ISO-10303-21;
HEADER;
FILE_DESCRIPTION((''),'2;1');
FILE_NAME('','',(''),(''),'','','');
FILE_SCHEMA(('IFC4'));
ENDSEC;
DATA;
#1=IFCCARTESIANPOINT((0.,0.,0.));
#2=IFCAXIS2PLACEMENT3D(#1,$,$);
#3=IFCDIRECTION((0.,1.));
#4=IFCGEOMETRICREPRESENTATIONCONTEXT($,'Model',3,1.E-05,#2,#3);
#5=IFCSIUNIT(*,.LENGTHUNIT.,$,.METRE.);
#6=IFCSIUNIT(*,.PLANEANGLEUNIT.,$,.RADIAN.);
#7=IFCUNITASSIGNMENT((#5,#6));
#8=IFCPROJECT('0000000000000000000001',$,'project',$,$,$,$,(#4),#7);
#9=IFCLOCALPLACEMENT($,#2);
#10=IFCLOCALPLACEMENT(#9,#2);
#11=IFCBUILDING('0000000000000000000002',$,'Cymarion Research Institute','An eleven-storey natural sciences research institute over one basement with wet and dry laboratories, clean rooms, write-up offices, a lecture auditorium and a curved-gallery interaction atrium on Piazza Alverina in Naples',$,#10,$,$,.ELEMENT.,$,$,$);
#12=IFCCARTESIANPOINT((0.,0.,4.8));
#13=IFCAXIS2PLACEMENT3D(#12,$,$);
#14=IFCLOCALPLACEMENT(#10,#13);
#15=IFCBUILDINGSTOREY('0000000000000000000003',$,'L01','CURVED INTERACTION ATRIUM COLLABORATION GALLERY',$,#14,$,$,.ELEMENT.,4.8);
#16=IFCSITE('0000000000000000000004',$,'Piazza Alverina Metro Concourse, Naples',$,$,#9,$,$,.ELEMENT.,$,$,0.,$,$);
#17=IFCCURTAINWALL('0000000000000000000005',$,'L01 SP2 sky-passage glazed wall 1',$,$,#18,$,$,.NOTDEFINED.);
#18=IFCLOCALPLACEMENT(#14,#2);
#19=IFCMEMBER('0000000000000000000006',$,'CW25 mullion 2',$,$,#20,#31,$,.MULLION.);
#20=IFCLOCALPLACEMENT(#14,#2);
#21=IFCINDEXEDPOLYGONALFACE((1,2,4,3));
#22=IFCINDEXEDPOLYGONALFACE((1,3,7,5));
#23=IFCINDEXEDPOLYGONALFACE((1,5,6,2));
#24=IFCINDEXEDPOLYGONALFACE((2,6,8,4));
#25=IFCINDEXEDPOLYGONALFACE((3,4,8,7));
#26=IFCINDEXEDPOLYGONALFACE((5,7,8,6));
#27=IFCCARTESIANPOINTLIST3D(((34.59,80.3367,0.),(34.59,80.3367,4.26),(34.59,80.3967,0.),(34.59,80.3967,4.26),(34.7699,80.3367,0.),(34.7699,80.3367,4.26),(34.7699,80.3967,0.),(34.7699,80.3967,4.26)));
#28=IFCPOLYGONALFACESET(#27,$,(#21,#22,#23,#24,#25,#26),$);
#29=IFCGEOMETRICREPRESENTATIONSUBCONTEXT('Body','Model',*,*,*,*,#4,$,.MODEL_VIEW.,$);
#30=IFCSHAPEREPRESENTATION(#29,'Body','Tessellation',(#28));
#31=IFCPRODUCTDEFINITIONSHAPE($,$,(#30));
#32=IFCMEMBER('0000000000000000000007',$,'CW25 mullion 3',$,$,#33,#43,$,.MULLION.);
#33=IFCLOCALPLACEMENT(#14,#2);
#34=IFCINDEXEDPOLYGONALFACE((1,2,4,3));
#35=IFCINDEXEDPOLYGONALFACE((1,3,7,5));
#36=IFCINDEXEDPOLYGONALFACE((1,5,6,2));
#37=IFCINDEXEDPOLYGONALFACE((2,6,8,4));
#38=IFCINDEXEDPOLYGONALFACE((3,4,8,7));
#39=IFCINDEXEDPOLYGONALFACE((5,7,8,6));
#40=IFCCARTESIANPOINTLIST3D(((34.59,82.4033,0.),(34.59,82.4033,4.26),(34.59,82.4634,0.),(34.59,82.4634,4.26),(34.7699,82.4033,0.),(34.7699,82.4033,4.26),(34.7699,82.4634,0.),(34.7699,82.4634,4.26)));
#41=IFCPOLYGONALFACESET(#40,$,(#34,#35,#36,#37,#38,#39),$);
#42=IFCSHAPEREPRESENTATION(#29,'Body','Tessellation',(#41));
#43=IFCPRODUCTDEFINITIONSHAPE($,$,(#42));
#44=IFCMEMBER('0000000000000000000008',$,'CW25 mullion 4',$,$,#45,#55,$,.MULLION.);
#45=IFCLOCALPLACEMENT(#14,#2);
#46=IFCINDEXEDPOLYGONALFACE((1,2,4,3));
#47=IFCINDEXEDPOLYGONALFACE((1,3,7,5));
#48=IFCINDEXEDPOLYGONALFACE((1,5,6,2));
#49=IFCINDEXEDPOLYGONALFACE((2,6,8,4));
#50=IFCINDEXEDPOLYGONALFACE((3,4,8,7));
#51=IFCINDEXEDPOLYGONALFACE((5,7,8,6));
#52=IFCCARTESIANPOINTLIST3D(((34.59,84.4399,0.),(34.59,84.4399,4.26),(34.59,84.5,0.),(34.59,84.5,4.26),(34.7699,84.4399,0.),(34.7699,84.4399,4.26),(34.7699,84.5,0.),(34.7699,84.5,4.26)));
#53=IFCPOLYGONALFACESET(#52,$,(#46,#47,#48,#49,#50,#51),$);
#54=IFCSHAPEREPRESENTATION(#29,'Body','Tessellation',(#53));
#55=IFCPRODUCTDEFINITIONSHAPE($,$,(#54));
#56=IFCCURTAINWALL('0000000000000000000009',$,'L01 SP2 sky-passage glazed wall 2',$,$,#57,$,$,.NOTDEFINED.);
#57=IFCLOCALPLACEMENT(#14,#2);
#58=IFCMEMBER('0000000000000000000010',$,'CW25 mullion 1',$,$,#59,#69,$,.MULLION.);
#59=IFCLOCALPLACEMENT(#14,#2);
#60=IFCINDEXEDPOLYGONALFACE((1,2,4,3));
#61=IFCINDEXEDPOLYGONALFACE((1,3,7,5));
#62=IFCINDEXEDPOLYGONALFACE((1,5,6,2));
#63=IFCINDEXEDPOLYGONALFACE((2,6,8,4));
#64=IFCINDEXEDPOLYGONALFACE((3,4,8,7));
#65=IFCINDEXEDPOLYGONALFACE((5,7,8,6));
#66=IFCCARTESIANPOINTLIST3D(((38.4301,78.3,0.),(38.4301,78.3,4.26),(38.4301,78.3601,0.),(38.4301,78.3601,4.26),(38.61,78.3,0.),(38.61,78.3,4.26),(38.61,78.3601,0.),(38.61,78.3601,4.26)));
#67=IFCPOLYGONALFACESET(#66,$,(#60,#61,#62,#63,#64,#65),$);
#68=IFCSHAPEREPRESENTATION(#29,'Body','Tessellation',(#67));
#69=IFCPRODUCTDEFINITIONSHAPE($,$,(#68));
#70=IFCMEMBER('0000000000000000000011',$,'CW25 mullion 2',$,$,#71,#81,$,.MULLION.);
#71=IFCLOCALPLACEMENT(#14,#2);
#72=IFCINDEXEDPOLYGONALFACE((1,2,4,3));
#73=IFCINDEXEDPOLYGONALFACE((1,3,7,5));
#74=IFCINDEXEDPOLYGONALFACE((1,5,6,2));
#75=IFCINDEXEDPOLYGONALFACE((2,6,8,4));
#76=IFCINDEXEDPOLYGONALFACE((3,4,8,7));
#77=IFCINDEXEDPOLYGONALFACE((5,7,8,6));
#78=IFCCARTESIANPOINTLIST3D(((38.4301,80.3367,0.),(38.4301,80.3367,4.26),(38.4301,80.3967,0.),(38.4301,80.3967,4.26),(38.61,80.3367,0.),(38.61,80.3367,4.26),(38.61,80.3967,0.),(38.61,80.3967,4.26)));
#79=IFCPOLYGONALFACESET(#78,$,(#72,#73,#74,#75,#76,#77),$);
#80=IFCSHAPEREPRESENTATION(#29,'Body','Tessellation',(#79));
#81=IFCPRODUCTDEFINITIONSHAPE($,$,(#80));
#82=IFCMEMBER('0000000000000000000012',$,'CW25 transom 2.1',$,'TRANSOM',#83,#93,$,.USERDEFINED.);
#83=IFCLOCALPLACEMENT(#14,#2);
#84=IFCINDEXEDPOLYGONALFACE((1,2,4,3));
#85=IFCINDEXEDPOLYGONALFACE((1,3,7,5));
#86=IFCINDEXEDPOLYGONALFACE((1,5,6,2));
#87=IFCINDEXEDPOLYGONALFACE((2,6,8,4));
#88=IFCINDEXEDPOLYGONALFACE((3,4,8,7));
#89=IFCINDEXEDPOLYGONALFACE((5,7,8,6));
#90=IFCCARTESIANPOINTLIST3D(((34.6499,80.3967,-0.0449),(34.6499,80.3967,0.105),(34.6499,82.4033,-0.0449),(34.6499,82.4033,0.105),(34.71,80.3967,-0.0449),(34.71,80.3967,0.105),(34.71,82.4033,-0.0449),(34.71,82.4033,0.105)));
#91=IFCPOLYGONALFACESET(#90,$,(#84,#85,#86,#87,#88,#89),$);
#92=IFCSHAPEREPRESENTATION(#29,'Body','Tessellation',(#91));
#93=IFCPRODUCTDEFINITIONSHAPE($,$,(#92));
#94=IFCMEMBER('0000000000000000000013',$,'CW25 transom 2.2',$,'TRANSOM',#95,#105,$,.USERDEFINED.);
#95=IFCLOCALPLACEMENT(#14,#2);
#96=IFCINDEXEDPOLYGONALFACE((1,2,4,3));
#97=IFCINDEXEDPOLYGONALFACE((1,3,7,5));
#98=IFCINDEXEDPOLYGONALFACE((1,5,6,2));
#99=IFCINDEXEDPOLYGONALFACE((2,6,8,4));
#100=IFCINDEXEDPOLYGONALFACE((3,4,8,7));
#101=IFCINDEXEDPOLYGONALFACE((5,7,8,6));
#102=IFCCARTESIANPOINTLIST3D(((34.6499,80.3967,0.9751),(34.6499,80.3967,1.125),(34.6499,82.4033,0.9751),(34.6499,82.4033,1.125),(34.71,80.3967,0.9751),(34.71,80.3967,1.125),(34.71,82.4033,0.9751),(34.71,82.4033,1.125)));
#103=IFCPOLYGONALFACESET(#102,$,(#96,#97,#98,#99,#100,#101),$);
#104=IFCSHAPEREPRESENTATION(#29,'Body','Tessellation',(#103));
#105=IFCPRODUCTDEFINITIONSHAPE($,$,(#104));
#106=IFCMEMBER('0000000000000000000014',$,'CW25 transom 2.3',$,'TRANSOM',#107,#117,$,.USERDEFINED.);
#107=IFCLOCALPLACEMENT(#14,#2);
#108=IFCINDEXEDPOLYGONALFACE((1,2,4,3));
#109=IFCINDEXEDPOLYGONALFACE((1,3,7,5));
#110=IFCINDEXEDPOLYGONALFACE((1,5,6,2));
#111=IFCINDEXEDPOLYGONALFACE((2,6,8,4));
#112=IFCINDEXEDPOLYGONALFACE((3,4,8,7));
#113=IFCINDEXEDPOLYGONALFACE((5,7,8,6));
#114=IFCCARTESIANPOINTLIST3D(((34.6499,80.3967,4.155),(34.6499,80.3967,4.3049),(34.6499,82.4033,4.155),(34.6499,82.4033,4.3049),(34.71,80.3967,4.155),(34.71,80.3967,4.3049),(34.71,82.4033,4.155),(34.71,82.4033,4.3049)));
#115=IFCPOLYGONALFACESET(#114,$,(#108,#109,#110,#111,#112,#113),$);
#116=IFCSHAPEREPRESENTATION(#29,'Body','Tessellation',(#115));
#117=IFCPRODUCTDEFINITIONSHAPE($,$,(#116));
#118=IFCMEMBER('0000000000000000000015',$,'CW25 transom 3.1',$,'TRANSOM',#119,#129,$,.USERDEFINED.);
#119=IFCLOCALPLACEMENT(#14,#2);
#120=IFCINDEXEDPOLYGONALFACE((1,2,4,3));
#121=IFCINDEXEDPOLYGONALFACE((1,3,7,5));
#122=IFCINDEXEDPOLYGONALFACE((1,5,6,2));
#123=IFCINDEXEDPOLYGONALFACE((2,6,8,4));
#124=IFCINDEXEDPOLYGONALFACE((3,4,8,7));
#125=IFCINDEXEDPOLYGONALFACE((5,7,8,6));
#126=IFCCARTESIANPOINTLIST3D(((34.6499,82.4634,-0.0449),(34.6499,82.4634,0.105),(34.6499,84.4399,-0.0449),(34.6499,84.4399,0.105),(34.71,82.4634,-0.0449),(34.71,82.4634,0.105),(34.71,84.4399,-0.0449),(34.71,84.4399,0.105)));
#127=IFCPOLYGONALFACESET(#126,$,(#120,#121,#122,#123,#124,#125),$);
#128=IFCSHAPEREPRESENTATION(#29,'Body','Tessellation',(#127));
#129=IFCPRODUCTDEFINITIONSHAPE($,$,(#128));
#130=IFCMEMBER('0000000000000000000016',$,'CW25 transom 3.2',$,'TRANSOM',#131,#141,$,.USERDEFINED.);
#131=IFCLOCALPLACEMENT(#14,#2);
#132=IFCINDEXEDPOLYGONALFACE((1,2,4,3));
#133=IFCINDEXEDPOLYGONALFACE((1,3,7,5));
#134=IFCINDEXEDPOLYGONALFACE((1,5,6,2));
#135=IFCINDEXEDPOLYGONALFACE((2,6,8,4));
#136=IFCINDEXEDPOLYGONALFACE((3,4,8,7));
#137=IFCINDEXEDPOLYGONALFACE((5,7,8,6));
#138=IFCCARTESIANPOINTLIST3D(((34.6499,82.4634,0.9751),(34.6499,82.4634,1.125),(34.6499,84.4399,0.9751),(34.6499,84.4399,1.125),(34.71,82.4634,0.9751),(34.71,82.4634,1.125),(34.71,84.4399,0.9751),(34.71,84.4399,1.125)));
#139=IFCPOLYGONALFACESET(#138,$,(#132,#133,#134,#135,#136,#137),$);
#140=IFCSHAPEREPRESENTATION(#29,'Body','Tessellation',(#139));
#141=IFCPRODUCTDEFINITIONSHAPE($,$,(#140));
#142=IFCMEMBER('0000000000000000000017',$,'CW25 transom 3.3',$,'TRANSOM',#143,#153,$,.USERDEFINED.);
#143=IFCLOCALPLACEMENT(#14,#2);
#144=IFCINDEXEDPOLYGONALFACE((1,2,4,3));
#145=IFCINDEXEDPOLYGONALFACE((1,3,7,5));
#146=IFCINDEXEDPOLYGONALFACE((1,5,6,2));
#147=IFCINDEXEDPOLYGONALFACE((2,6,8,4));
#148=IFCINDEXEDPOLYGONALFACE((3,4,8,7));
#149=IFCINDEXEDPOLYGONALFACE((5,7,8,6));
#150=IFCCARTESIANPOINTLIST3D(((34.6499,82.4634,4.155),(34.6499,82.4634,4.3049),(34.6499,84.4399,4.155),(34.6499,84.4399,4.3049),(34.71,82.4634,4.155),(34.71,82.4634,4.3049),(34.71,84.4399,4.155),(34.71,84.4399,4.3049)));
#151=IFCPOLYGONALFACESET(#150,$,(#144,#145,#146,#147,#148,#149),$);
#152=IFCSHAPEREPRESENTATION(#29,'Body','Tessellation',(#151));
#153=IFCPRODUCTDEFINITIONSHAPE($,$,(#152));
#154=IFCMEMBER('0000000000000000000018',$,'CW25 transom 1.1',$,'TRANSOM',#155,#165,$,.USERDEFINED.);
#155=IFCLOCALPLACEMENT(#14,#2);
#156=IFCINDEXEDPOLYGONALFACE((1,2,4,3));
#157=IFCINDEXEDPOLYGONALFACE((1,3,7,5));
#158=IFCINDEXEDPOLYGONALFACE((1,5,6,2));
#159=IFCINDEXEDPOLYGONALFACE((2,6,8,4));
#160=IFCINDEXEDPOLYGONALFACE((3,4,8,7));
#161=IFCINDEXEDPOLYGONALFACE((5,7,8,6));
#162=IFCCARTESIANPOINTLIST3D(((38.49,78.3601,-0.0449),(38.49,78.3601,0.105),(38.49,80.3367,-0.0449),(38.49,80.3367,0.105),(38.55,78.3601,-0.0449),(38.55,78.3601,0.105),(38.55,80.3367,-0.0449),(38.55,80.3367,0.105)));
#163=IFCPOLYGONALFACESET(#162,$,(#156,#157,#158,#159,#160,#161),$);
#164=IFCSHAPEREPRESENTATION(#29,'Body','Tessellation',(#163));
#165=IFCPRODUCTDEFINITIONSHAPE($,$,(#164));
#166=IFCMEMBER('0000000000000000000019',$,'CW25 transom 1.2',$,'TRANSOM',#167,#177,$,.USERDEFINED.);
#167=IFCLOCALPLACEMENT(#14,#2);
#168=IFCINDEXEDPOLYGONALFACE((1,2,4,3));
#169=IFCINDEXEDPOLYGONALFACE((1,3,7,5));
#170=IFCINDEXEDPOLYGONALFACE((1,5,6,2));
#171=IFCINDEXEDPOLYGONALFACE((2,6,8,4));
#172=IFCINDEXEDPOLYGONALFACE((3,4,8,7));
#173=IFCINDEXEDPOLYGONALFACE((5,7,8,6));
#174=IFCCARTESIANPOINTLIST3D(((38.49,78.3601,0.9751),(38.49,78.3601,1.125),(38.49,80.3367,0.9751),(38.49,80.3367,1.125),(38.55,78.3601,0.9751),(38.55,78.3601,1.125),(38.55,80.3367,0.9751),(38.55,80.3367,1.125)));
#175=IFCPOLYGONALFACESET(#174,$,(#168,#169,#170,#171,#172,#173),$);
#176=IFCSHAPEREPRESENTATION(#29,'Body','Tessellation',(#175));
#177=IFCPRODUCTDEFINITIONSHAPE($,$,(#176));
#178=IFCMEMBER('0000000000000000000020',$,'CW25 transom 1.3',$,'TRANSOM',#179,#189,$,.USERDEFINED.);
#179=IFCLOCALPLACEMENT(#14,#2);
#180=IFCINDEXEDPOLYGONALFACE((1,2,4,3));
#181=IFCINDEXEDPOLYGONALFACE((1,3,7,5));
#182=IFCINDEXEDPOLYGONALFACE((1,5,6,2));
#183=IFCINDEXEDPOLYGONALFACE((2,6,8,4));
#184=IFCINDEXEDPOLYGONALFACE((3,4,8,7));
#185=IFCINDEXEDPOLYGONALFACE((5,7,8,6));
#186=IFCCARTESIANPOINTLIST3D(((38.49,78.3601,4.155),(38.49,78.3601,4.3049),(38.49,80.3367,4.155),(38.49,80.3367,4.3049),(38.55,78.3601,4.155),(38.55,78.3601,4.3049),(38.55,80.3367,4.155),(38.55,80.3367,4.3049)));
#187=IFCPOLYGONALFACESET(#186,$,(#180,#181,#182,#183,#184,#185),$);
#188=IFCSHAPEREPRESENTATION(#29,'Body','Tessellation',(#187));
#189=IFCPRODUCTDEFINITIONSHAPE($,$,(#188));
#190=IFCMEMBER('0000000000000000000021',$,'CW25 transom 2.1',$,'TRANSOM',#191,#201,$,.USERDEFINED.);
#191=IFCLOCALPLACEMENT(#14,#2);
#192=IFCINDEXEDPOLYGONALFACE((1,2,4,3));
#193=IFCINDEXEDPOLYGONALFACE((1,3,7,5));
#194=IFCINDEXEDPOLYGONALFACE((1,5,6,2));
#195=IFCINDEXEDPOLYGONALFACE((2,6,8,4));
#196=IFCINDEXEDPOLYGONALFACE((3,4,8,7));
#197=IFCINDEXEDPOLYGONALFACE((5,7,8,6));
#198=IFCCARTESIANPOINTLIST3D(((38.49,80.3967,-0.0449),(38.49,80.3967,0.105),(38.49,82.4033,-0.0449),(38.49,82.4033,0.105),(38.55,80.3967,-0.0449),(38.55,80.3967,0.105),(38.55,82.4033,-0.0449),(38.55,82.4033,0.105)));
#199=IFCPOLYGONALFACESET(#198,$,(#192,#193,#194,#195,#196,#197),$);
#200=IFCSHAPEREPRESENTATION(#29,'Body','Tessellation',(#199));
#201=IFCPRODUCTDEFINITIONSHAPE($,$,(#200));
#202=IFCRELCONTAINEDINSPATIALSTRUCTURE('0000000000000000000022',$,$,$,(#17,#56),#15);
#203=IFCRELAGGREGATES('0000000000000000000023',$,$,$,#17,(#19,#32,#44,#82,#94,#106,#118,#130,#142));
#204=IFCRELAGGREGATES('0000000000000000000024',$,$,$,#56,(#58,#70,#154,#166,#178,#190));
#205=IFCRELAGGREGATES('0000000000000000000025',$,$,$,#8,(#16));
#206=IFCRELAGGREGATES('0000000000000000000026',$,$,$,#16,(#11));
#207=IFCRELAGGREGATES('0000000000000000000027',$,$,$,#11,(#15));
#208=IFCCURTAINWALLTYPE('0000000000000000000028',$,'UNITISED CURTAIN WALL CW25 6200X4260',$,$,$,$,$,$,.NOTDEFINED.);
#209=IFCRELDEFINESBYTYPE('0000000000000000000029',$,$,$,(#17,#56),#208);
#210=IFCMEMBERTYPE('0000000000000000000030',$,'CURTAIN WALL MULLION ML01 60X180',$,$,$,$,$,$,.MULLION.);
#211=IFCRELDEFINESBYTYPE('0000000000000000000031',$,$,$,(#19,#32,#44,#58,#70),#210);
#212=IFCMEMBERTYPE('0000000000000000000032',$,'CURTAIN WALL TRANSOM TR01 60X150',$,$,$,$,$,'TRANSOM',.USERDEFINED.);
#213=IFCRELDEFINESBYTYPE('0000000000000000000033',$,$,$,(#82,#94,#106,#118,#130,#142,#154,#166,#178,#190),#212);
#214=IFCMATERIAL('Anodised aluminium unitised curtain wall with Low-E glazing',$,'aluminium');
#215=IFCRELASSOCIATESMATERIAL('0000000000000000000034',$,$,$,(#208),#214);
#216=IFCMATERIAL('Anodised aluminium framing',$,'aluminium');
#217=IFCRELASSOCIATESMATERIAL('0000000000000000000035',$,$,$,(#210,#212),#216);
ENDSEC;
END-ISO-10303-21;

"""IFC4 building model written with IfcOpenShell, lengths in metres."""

from ifc_helpers import new_model, si_unit, direction, frame, origin, origin_2d, place, context, subcontext, project, spatial, rectangle, extrude, material, material_profile, profile_set, type_object, element, aggregate, save


model = new_model("IFC4")

# Units and contexts
model_context = context("Model", 3, precision=1e-05, world=origin(), true_north=direction((0.0, 1.0)))
body_context = subcontext(model_context, "Body", "Model", "MODEL_VIEW")
ifc_project = project(units=[si_unit("LENGTHUNIT", "METRE"), si_unit("PLANEANGLEUNIT", "RADIAN")], contexts=[model_context])

# Site, building, storey
site_placement = place(None, origin())
site = spatial("IfcSite", under=ifc_project, at=site_placement, Name="Piazza Alverina Metro Concourse, Naples", CompositionType="ELEMENT", RefElevation=0.0)
building_placement = place(site_placement, origin())
building = spatial("IfcBuilding", under=site, at=building_placement, Name="Cymarion Research Institute", Description="An eleven-storey natural sciences research institute over one basement with wet and dry laboratories, clean rooms, write-up offices, a lecture auditorium and a curved-gallery interaction atrium on Piazza Alverina in Naples", CompositionType="ELEMENT")
storey_placement = place(building_placement, frame((0.0, 0.0, 4.8)))
storey = spatial("IfcBuildingStorey", under=building, at=storey_placement, Name="L01", Description="CURVED INTERACTION ATRIUM COLLABORATION GALLERY", CompositionType="ELEMENT", Elevation=4.8)

# Curtain walls, members
ifc_material_1 = material(Name="Anodised aluminium unitised curtain wall with Low-E glazing", Category="aluminium")
curtain_wall_type = type_object("IfcCurtainWallType", Name="UNITISED CURTAIN WALL CW25 6200X4260", PredefinedType="NOTDEFINED", material=ifc_material_1)
curtain_wall_1_placement = place(storey_placement, origin())
curtain_wall_1 = element("IfcCurtainWall", 1, at=curtain_wall_1_placement, inside=storey, type_object=curtain_wall_type, Name="L01 SP2 sky-passage glazed wall 1", PredefinedType="NOTDEFINED")
ifc_material_2 = material(Name="Anodised aluminium framing", Category="aluminium")
ifc_material_profile_1 = material_profile(ifc_material_2, rectangle(XDim=0.0601, YDim=0.1799, at=origin_2d()), Name="ALU MULLION 60x180")
ifc_profile_set_1 = profile_set([ifc_material_profile_1], Name="Anodised aluminium framing")
member_type_1 = type_object("IfcMemberType", Name="CURTAIN WALL MULLION ML01 60X180", PredefinedType="MULLION", material=ifc_profile_set_1)
member_1_placement = place(storey_placement, frame((34.6799, 80.3667, 0.0), z_axis=(0.0, 0.0, 1.0), x_axis=(0.0, 1.0, 0.0)))
member_1 = element("IfcMember", 2, at=member_1_placement, type_object=member_type_1, Name="CW25 mullion 2", PredefinedType="MULLION", context=body_context, shape_type="SweptSolid", body=[
    extrude(rectangle(XDim=0.0601, YDim=0.1799, at=origin_2d()), origin(), (0.0, 0.0, 1.0), 4.26),
])
member_2_placement = place(storey_placement, frame((34.6799, 82.4333, 0.0), z_axis=(0.0, 0.0, 1.0), x_axis=(0.0, 1.0, 0.0)))
member_2 = element("IfcMember", 3, at=member_2_placement, type_object=member_type_1, Name="CW25 mullion 3", PredefinedType="MULLION", context=body_context, shape_type="SweptSolid", body=[
    extrude(rectangle(XDim=0.0601, YDim=0.1799, at=origin_2d()), origin(), (0.0, 0.0, 1.0), 4.26),
])
member_3_placement = place(storey_placement, frame((34.6799, 84.47, 0.0), z_axis=(0.0, 0.0, 1.0), x_axis=(0.0, 1.0, 0.0)))
member_3 = element("IfcMember", 4, at=member_3_placement, type_object=member_type_1, Name="CW25 mullion 4", PredefinedType="MULLION", context=body_context, shape_type="SweptSolid", body=[
    extrude(rectangle(XDim=0.0601, YDim=0.1799, at=origin_2d()), origin(), (0.0, 0.0, 1.0), 4.26),
])
curtain_wall_2_placement = place(storey_placement, origin())
curtain_wall_2 = element("IfcCurtainWall", 5, at=curtain_wall_2_placement, inside=storey, type_object=curtain_wall_type, Name="L01 SP2 sky-passage glazed wall 2", PredefinedType="NOTDEFINED")
member_4_placement = place(storey_placement, frame((38.52, 78.3301, 0.0), z_axis=(0.0, 0.0, 1.0), x_axis=(0.0, 1.0, 0.0)))
member_4 = element("IfcMember", 6, at=member_4_placement, type_object=member_type_1, Name="CW25 mullion 1", PredefinedType="MULLION", context=body_context, shape_type="SweptSolid", body=[
    extrude(rectangle(XDim=0.0601, YDim=0.1799, at=origin_2d()), origin(), (0.0, 0.0, 1.0), 4.26),
])
member_5_placement = place(storey_placement, frame((38.52, 80.3667, 0.0), z_axis=(0.0, 0.0, 1.0), x_axis=(0.0, 1.0, 0.0)))
member_5 = element("IfcMember", 7, at=member_5_placement, type_object=member_type_1, Name="CW25 mullion 2", PredefinedType="MULLION", context=body_context, shape_type="SweptSolid", body=[
    extrude(rectangle(XDim=0.0601, YDim=0.1799, at=origin_2d()), origin(), (0.0, 0.0, 1.0), 4.26),
])

# Members
ifc_material_profile_2 = material_profile(ifc_material_2, rectangle(XDim=0.0601, YDim=0.1499, at=origin_2d()), Name="ALU TRANSOM 60x150")
ifc_profile_set_2 = profile_set([ifc_material_profile_2], Name="Anodised aluminium framing")
member_type_2 = type_object("IfcMemberType", Name="CURTAIN WALL TRANSOM TR01 60X150", ElementType="TRANSOM", PredefinedType="USERDEFINED", material=ifc_profile_set_2)
member_6_placement = place(storey_placement, frame((34.6799, 80.3967, 0.03), z_axis=(0.0, 1.0, 0.0), x_axis=(-1.0, 0.0, 0.0)))
member_6 = element("IfcMember", 8, at=member_6_placement, type_object=member_type_2, Name="CW25 transom 2.1", ObjectType="TRANSOM", PredefinedType="USERDEFINED", context=body_context, shape_type="SweptSolid", body=[
    extrude(rectangle(XDim=0.0601, YDim=0.1499, at=origin_2d()), origin(), (0.0, 0.0, 1.0), 2.0066),
])
member_7_placement = place(storey_placement, frame((34.6799, 80.3967, 1.05), z_axis=(0.0, 1.0, 0.0), x_axis=(-1.0, 0.0, 0.0)))
member_7 = element("IfcMember", 9, at=member_7_placement, type_object=member_type_2, Name="CW25 transom 2.2", ObjectType="TRANSOM", PredefinedType="USERDEFINED", context=body_context, shape_type="SweptSolid", body=[
    extrude(rectangle(XDim=0.0601, YDim=0.1499, at=origin_2d()), origin(), (0.0, 0.0, 1.0), 2.0066),
])
member_8_placement = place(storey_placement, frame((34.6799, 80.3967, 4.23), z_axis=(0.0, 1.0, 0.0), x_axis=(-1.0, 0.0, 0.0)))
member_8 = element("IfcMember", 10, at=member_8_placement, type_object=member_type_2, Name="CW25 transom 2.3", ObjectType="TRANSOM", PredefinedType="USERDEFINED", context=body_context, shape_type="SweptSolid", body=[
    extrude(rectangle(XDim=0.0601, YDim=0.1499, at=origin_2d()), origin(), (0.0, 0.0, 1.0), 2.0066),
])
member_9_placement = place(storey_placement, frame((34.6799, 82.4634, 0.03), z_axis=(0.0, 1.0, 0.0), x_axis=(-1.0, 0.0, 0.0)))
member_9 = element("IfcMember", 11, at=member_9_placement, type_object=member_type_2, Name="CW25 transom 3.1", ObjectType="TRANSOM", PredefinedType="USERDEFINED", context=body_context, shape_type="SweptSolid", body=[
    extrude(rectangle(XDim=0.0601, YDim=0.1499, at=origin_2d()), origin(), (0.0, 0.0, 1.0), 1.9766),
])
member_10_placement = place(storey_placement, frame((34.6799, 82.4634, 1.05), z_axis=(0.0, 1.0, 0.0), x_axis=(-1.0, 0.0, 0.0)))
member_10 = element("IfcMember", 12, at=member_10_placement, type_object=member_type_2, Name="CW25 transom 3.2", ObjectType="TRANSOM", PredefinedType="USERDEFINED", context=body_context, shape_type="SweptSolid", body=[
    extrude(rectangle(XDim=0.0601, YDim=0.1499, at=origin_2d()), origin(), (0.0, 0.0, 1.0), 1.9766),
])
member_11_placement = place(storey_placement, frame((34.6799, 82.4634, 4.23), z_axis=(0.0, 1.0, 0.0), x_axis=(-1.0, 0.0, 0.0)))
member_11 = element("IfcMember", 13, at=member_11_placement, type_object=member_type_2, Name="CW25 transom 3.3", ObjectType="TRANSOM", PredefinedType="USERDEFINED", context=body_context, shape_type="SweptSolid", body=[
    extrude(rectangle(XDim=0.0601, YDim=0.1499, at=origin_2d()), origin(), (0.0, 0.0, 1.0), 1.9766),
])
member_12_placement = place(storey_placement, frame((38.52, 78.3601, 0.03), z_axis=(0.0, 1.0, 0.0), x_axis=(-1.0, 0.0, 0.0)))
member_12 = element("IfcMember", 14, at=member_12_placement, type_object=member_type_2, Name="CW25 transom 1.1", ObjectType="TRANSOM", PredefinedType="USERDEFINED", context=body_context, shape_type="SweptSolid", body=[
    extrude(rectangle(XDim=0.0601, YDim=0.1499, at=origin_2d()), origin(), (0.0, 0.0, 1.0), 1.9766),
])
member_13_placement = place(storey_placement, frame((38.52, 78.3601, 1.05), z_axis=(0.0, 1.0, 0.0), x_axis=(-1.0, 0.0, 0.0)))
member_13 = element("IfcMember", 15, at=member_13_placement, type_object=member_type_2, Name="CW25 transom 1.2", ObjectType="TRANSOM", PredefinedType="USERDEFINED", context=body_context, shape_type="SweptSolid", body=[
    extrude(rectangle(XDim=0.0601, YDim=0.1499, at=origin_2d()), origin(), (0.0, 0.0, 1.0), 1.9766),
])
member_14_placement = place(storey_placement, frame((38.52, 78.3601, 4.23), z_axis=(0.0, 1.0, 0.0), x_axis=(-1.0, 0.0, 0.0)))
member_14 = element("IfcMember", 16, at=member_14_placement, type_object=member_type_2, Name="CW25 transom 1.3", ObjectType="TRANSOM", PredefinedType="USERDEFINED", context=body_context, shape_type="SweptSolid", body=[
    extrude(rectangle(XDim=0.0601, YDim=0.1499, at=origin_2d()), origin(), (0.0, 0.0, 1.0), 1.9766),
])
member_15_placement = place(storey_placement, frame((38.52, 80.3967, 0.03), z_axis=(0.0, 1.0, 0.0), x_axis=(-1.0, 0.0, 0.0)))
member_15 = element("IfcMember", 17, at=member_15_placement, type_object=member_type_2, Name="CW25 transom 2.1", ObjectType="TRANSOM", PredefinedType="USERDEFINED", context=body_context, shape_type="SweptSolid", body=[
    extrude(rectangle(XDim=0.0601, YDim=0.1499, at=origin_2d()), origin(), (0.0, 0.0, 1.0), 2.0066),
])

aggregate(curtain_wall_1, [member_1, member_2, member_3, member_6, member_7, member_8, member_9, member_10, member_11])
aggregate(curtain_wall_2, [member_4, member_5, member_12, member_13, member_14, member_15])

save(model, "model.ifc")
